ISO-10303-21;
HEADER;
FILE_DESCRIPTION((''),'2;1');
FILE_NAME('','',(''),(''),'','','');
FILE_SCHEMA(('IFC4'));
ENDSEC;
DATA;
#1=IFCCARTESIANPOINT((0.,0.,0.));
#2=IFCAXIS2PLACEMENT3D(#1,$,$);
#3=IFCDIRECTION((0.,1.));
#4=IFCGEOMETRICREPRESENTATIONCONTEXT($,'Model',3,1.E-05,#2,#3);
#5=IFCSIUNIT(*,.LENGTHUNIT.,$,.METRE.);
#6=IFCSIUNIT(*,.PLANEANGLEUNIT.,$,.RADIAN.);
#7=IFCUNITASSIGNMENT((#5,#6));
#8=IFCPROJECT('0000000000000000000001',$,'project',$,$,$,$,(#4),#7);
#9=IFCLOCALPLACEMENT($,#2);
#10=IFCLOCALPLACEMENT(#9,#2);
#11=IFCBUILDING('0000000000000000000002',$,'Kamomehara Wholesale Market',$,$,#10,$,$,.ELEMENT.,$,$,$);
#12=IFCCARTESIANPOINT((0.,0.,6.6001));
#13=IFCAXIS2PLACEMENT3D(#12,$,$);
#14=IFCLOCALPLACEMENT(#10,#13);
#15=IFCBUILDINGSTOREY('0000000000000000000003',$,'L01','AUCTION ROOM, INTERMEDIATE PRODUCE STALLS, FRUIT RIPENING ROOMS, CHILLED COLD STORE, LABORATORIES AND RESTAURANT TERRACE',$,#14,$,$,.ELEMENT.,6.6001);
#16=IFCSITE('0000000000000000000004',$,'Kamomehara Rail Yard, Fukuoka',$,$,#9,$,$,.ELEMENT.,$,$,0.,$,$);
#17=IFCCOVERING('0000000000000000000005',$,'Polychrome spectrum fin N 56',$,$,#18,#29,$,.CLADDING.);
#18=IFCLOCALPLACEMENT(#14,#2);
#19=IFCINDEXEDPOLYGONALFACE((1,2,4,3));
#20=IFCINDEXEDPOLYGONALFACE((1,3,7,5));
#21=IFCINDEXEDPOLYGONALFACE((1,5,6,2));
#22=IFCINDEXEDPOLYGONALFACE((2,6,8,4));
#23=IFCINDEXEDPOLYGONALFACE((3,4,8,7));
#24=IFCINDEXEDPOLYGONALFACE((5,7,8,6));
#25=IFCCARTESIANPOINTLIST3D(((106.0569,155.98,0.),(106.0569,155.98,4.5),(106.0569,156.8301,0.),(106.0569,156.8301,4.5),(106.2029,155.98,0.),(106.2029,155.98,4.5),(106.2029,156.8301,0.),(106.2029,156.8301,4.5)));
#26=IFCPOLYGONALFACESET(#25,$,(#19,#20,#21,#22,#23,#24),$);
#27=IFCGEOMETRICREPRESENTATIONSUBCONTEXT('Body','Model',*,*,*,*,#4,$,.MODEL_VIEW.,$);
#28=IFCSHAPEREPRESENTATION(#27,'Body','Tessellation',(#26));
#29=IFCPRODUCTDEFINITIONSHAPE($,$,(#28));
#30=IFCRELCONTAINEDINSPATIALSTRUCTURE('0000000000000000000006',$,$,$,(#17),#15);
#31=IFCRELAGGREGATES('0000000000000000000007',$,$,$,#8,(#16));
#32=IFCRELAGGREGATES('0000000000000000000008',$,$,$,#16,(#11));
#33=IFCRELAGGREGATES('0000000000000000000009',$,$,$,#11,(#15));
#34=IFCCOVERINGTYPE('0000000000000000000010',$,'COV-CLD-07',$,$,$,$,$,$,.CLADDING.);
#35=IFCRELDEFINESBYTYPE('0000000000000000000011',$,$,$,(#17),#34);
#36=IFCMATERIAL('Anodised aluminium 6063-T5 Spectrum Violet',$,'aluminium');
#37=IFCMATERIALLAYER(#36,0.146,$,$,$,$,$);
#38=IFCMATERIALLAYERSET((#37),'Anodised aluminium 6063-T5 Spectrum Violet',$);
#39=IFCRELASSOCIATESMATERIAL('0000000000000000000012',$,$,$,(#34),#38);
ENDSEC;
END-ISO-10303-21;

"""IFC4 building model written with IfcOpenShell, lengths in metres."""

from ifc_helpers import new_model, si_unit, direction, frame, origin, origin_2d, place, context, subcontext, project, spatial, rectangle, extrude, material, layer, layer_set, type_object, element, save


model = new_model("IFC4")

# Units and contexts
model_context = context("Model", 3, precision=1e-05, world=origin(), true_north=direction((0.0, 1.0)))
body_context = subcontext(model_context, "Body", "Model", "MODEL_VIEW")
ifc_project = project(units=[si_unit("LENGTHUNIT", "METRE"), si_unit("PLANEANGLEUNIT", "RADIAN")], contexts=[model_context])

# Site, building, storey
site_placement = place(None, origin())
site = spatial("IfcSite", under=ifc_project, at=site_placement, Name="Kamomehara Rail Yard, Fukuoka", CompositionType="ELEMENT", RefElevation=0.0)
building_placement = place(site_placement, origin())
building = spatial("IfcBuilding", under=site, at=building_placement, Name="Kamomehara Wholesale Market", CompositionType="ELEMENT")
storey_placement = place(building_placement, frame((0.0, 0.0, 6.6001)))
storey = spatial("IfcBuildingStorey", under=building, at=storey_placement, Name="L01", Description="AUCTION ROOM, INTERMEDIATE PRODUCE STALLS, FRUIT RIPENING ROOMS, CHILLED COLD STORE, LABORATORIES AND RESTAURANT TERRACE", CompositionType="ELEMENT", Elevation=6.6001)

# Covering
ifc_material_1 = material(Name="Anodised aluminium 6063-T5 Spectrum Violet", Category="aluminium")
ifc_layer_1 = layer(ifc_material_1, 0.146)
ifc_layer_set_1 = layer_set([ifc_layer_1], Name="Anodised aluminium 6063-T5 Spectrum Violet")
covering_type_1 = type_object("IfcCoveringType", Name="COV-CLD-07", PredefinedType="CLADDING", material=ifc_layer_set_1)
covering_1_placement = place(storey_placement, frame((106.1299, 156.405, 0.0), z_axis=(0.0, 0.0, 1.0), x_axis=(1.0, 0.0, 0.0)))
element("IfcCovering", 1, at=covering_1_placement, inside=storey, type_object=covering_type_1, Name="Polychrome spectrum fin N 56", PredefinedType="CLADDING", context=body_context, shape_type="SweptSolid", body=[
    extrude(rectangle(XDim=0.146, YDim=0.8501, at=origin_2d()), origin(), (0.0, 0.0, 1.0), 4.5),
])

save(model, "model.ifc")
